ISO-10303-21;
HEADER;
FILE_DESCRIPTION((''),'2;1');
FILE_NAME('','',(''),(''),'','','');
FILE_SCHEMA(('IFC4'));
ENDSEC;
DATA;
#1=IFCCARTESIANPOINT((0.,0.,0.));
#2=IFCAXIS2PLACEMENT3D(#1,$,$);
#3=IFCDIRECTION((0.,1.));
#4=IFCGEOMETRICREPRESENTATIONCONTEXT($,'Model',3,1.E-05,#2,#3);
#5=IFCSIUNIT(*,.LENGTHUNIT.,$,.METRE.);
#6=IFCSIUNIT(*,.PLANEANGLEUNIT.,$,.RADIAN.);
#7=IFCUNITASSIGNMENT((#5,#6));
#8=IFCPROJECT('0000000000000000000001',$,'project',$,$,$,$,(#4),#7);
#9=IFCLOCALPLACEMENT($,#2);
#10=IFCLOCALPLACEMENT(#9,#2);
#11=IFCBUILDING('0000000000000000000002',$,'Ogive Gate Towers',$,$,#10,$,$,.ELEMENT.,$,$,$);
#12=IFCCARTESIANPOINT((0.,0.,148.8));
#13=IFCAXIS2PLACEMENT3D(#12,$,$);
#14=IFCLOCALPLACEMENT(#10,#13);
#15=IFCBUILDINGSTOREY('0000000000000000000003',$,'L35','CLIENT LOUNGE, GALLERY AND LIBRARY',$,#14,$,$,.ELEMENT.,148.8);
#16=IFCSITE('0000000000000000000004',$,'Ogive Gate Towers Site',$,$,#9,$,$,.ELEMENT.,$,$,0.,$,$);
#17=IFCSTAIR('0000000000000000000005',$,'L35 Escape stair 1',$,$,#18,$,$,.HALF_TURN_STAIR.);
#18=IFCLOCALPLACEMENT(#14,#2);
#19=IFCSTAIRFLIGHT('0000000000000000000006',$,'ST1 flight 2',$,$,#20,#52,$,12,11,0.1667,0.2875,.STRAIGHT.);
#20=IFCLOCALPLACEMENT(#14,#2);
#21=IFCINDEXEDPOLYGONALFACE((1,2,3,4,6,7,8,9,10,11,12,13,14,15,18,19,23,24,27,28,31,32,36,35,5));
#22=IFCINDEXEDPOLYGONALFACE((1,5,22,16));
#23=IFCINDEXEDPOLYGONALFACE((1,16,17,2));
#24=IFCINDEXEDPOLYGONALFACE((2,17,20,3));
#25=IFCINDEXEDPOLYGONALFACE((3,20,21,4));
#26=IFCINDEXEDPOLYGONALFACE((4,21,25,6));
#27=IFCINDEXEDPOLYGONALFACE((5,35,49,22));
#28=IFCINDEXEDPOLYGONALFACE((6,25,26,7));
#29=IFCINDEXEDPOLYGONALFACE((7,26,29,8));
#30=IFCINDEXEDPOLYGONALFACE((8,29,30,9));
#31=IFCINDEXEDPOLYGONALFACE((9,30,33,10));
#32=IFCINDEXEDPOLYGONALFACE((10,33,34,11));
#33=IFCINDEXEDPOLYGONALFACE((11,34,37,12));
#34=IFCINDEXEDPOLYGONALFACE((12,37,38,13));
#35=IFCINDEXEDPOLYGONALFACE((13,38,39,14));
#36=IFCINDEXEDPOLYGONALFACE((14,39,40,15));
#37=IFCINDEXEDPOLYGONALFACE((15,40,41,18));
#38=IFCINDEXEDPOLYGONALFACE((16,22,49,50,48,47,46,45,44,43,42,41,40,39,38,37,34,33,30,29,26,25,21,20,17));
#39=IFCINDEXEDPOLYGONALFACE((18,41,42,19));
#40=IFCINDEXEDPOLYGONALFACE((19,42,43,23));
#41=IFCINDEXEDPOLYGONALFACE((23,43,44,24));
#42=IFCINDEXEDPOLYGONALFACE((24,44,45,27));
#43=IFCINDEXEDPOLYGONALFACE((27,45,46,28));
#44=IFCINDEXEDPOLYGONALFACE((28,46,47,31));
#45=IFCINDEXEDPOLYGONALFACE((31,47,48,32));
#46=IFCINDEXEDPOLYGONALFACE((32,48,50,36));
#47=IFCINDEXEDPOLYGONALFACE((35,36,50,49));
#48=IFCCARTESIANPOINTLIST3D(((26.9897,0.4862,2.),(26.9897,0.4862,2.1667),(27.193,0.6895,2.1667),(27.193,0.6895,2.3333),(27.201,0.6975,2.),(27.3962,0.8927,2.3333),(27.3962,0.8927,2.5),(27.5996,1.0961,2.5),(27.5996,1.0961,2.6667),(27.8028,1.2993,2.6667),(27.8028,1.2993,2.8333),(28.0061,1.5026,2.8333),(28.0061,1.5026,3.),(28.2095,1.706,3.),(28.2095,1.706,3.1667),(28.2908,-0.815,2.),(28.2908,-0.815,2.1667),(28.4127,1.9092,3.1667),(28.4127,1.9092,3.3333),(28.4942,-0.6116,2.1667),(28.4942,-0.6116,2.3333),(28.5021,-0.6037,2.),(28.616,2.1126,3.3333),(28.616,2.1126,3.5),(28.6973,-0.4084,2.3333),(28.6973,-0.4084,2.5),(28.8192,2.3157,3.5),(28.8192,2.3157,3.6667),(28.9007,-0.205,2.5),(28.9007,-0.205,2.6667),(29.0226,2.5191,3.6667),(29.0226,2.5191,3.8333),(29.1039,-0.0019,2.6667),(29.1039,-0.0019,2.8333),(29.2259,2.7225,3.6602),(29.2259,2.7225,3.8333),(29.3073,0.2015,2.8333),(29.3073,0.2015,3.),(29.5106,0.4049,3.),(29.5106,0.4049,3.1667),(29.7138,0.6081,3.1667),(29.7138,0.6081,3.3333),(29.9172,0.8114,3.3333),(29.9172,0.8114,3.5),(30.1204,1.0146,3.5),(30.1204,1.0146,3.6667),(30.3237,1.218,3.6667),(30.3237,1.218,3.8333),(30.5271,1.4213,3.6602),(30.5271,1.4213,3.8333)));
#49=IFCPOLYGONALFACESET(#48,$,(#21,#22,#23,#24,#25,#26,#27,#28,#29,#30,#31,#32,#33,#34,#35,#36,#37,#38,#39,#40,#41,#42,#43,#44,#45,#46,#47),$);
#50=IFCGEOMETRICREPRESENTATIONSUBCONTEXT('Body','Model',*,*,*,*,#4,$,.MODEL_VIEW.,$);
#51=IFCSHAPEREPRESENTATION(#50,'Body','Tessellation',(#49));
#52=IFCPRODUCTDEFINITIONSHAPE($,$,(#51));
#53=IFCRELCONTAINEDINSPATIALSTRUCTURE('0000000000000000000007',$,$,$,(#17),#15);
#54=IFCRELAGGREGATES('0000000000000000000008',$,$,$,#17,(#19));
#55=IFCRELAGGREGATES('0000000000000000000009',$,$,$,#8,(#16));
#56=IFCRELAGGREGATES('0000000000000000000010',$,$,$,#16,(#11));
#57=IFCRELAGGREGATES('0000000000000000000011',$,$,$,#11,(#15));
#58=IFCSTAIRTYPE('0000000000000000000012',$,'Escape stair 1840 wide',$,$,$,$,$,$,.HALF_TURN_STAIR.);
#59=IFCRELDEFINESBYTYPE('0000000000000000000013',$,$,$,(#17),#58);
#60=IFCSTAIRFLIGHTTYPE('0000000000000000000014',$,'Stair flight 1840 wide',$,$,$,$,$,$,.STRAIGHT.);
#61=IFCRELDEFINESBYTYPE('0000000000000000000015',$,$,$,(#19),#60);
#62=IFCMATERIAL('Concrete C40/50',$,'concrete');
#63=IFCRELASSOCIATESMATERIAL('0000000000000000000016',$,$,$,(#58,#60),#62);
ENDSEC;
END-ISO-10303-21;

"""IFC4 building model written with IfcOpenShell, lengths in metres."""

from ifc_helpers import new_model, si_unit, direction, frame, origin, place, context, subcontext, project, spatial, polyline, outline, extrude, material, type_object, element, aggregate, save


model = new_model("IFC4")

# Units and contexts
model_context = context("Model", 3, precision=1e-05, world=origin(), true_north=direction((0.0, 1.0)))
body_context = subcontext(model_context, "Body", "Model", "MODEL_VIEW")
ifc_project = project(units=[si_unit("LENGTHUNIT", "METRE"), si_unit("PLANEANGLEUNIT", "RADIAN")], contexts=[model_context])

# Site, building, storey
site_placement = place(None, origin())
site = spatial("IfcSite", under=ifc_project, at=site_placement, Name="Ogive Gate Towers Site", CompositionType="ELEMENT", RefElevation=0.0)
building_placement = place(site_placement, origin())
building = spatial("IfcBuilding", under=site, at=building_placement, Name="Ogive Gate Towers", CompositionType="ELEMENT")
storey_placement = place(building_placement, frame((0.0, 0.0, 148.8)))
storey = spatial("IfcBuildingStorey", under=building, at=storey_placement, Name="L35", Description="CLIENT LOUNGE, GALLERY AND LIBRARY", CompositionType="ELEMENT", Elevation=148.8)

# Stair, stair flight
ifc_material_1 = material(Name="Concrete C40/50", Category="concrete")
stair_type = type_object("IfcStairType", Name="Escape stair 1840 wide", PredefinedType="HALF_TURN_STAIR", material=ifc_material_1)
stair_placement = place(storey_placement, origin())
stair = element("IfcStair", 1, at=stair_placement, inside=storey, type_object=stair_type, Name="L35 Escape stair 1", PredefinedType="HALF_TURN_STAIR")
stair_flight_type = type_object("IfcStairFlightType", Name="Stair flight 1840 wide", PredefinedType="STRAIGHT", material=ifc_material_1)
stair_flight_placement = place(storey_placement, frame((27.6401, -0.1643, 2.0), z_axis=(0.0, 0.0, 1.0), x_axis=(0.707107, 0.707107, 0.0)))
stair_flight = element("IfcStairFlight", 2, at=stair_flight_placement, type_object=stair_flight_type, Name="ST1 flight 2", NumberOfRisers=12, NumberOfTreads=11, PredefinedType="STRAIGHT", RiserHeight=0.1667, TreadLength=0.2875, context=body_context, shape_type="SweptSolid", body=[
    extrude(outline(polyline([(0.0, 0.0), (0.0, 0.1667), (0.2876, 0.1667), (0.2876, 0.3333), (0.575, 0.3333), (0.575, 0.5), (0.8625, 0.5), (0.8625, 0.6667), (1.1499, 0.6667), (1.1499, 0.8333), (1.4375, 0.8333), (1.4375, 1.0), (1.7251, 1.0), (1.7251, 1.1667), (2.0125, 1.1667), (2.0125, 1.3333), (2.3, 1.3333), (2.3, 1.5), (2.5874, 1.5), (2.5874, 1.6667), (2.875, 1.6667), (2.875, 1.8333), (3.1626, 1.8333), (3.1626, 2.0), (3.1626, 1.6602), (0.2988, 0.0), (0.0, 0.0)])), frame((0.0, 0.9199, 0.0), z_axis=(0.0, -1.0, 0.0), x_axis=(1.0, 0.0, 0.0)), (0.0, 0.0, 1.0), 1.8401),
])
aggregate(stair, [stair_flight])

save(model, "model.ifc")
